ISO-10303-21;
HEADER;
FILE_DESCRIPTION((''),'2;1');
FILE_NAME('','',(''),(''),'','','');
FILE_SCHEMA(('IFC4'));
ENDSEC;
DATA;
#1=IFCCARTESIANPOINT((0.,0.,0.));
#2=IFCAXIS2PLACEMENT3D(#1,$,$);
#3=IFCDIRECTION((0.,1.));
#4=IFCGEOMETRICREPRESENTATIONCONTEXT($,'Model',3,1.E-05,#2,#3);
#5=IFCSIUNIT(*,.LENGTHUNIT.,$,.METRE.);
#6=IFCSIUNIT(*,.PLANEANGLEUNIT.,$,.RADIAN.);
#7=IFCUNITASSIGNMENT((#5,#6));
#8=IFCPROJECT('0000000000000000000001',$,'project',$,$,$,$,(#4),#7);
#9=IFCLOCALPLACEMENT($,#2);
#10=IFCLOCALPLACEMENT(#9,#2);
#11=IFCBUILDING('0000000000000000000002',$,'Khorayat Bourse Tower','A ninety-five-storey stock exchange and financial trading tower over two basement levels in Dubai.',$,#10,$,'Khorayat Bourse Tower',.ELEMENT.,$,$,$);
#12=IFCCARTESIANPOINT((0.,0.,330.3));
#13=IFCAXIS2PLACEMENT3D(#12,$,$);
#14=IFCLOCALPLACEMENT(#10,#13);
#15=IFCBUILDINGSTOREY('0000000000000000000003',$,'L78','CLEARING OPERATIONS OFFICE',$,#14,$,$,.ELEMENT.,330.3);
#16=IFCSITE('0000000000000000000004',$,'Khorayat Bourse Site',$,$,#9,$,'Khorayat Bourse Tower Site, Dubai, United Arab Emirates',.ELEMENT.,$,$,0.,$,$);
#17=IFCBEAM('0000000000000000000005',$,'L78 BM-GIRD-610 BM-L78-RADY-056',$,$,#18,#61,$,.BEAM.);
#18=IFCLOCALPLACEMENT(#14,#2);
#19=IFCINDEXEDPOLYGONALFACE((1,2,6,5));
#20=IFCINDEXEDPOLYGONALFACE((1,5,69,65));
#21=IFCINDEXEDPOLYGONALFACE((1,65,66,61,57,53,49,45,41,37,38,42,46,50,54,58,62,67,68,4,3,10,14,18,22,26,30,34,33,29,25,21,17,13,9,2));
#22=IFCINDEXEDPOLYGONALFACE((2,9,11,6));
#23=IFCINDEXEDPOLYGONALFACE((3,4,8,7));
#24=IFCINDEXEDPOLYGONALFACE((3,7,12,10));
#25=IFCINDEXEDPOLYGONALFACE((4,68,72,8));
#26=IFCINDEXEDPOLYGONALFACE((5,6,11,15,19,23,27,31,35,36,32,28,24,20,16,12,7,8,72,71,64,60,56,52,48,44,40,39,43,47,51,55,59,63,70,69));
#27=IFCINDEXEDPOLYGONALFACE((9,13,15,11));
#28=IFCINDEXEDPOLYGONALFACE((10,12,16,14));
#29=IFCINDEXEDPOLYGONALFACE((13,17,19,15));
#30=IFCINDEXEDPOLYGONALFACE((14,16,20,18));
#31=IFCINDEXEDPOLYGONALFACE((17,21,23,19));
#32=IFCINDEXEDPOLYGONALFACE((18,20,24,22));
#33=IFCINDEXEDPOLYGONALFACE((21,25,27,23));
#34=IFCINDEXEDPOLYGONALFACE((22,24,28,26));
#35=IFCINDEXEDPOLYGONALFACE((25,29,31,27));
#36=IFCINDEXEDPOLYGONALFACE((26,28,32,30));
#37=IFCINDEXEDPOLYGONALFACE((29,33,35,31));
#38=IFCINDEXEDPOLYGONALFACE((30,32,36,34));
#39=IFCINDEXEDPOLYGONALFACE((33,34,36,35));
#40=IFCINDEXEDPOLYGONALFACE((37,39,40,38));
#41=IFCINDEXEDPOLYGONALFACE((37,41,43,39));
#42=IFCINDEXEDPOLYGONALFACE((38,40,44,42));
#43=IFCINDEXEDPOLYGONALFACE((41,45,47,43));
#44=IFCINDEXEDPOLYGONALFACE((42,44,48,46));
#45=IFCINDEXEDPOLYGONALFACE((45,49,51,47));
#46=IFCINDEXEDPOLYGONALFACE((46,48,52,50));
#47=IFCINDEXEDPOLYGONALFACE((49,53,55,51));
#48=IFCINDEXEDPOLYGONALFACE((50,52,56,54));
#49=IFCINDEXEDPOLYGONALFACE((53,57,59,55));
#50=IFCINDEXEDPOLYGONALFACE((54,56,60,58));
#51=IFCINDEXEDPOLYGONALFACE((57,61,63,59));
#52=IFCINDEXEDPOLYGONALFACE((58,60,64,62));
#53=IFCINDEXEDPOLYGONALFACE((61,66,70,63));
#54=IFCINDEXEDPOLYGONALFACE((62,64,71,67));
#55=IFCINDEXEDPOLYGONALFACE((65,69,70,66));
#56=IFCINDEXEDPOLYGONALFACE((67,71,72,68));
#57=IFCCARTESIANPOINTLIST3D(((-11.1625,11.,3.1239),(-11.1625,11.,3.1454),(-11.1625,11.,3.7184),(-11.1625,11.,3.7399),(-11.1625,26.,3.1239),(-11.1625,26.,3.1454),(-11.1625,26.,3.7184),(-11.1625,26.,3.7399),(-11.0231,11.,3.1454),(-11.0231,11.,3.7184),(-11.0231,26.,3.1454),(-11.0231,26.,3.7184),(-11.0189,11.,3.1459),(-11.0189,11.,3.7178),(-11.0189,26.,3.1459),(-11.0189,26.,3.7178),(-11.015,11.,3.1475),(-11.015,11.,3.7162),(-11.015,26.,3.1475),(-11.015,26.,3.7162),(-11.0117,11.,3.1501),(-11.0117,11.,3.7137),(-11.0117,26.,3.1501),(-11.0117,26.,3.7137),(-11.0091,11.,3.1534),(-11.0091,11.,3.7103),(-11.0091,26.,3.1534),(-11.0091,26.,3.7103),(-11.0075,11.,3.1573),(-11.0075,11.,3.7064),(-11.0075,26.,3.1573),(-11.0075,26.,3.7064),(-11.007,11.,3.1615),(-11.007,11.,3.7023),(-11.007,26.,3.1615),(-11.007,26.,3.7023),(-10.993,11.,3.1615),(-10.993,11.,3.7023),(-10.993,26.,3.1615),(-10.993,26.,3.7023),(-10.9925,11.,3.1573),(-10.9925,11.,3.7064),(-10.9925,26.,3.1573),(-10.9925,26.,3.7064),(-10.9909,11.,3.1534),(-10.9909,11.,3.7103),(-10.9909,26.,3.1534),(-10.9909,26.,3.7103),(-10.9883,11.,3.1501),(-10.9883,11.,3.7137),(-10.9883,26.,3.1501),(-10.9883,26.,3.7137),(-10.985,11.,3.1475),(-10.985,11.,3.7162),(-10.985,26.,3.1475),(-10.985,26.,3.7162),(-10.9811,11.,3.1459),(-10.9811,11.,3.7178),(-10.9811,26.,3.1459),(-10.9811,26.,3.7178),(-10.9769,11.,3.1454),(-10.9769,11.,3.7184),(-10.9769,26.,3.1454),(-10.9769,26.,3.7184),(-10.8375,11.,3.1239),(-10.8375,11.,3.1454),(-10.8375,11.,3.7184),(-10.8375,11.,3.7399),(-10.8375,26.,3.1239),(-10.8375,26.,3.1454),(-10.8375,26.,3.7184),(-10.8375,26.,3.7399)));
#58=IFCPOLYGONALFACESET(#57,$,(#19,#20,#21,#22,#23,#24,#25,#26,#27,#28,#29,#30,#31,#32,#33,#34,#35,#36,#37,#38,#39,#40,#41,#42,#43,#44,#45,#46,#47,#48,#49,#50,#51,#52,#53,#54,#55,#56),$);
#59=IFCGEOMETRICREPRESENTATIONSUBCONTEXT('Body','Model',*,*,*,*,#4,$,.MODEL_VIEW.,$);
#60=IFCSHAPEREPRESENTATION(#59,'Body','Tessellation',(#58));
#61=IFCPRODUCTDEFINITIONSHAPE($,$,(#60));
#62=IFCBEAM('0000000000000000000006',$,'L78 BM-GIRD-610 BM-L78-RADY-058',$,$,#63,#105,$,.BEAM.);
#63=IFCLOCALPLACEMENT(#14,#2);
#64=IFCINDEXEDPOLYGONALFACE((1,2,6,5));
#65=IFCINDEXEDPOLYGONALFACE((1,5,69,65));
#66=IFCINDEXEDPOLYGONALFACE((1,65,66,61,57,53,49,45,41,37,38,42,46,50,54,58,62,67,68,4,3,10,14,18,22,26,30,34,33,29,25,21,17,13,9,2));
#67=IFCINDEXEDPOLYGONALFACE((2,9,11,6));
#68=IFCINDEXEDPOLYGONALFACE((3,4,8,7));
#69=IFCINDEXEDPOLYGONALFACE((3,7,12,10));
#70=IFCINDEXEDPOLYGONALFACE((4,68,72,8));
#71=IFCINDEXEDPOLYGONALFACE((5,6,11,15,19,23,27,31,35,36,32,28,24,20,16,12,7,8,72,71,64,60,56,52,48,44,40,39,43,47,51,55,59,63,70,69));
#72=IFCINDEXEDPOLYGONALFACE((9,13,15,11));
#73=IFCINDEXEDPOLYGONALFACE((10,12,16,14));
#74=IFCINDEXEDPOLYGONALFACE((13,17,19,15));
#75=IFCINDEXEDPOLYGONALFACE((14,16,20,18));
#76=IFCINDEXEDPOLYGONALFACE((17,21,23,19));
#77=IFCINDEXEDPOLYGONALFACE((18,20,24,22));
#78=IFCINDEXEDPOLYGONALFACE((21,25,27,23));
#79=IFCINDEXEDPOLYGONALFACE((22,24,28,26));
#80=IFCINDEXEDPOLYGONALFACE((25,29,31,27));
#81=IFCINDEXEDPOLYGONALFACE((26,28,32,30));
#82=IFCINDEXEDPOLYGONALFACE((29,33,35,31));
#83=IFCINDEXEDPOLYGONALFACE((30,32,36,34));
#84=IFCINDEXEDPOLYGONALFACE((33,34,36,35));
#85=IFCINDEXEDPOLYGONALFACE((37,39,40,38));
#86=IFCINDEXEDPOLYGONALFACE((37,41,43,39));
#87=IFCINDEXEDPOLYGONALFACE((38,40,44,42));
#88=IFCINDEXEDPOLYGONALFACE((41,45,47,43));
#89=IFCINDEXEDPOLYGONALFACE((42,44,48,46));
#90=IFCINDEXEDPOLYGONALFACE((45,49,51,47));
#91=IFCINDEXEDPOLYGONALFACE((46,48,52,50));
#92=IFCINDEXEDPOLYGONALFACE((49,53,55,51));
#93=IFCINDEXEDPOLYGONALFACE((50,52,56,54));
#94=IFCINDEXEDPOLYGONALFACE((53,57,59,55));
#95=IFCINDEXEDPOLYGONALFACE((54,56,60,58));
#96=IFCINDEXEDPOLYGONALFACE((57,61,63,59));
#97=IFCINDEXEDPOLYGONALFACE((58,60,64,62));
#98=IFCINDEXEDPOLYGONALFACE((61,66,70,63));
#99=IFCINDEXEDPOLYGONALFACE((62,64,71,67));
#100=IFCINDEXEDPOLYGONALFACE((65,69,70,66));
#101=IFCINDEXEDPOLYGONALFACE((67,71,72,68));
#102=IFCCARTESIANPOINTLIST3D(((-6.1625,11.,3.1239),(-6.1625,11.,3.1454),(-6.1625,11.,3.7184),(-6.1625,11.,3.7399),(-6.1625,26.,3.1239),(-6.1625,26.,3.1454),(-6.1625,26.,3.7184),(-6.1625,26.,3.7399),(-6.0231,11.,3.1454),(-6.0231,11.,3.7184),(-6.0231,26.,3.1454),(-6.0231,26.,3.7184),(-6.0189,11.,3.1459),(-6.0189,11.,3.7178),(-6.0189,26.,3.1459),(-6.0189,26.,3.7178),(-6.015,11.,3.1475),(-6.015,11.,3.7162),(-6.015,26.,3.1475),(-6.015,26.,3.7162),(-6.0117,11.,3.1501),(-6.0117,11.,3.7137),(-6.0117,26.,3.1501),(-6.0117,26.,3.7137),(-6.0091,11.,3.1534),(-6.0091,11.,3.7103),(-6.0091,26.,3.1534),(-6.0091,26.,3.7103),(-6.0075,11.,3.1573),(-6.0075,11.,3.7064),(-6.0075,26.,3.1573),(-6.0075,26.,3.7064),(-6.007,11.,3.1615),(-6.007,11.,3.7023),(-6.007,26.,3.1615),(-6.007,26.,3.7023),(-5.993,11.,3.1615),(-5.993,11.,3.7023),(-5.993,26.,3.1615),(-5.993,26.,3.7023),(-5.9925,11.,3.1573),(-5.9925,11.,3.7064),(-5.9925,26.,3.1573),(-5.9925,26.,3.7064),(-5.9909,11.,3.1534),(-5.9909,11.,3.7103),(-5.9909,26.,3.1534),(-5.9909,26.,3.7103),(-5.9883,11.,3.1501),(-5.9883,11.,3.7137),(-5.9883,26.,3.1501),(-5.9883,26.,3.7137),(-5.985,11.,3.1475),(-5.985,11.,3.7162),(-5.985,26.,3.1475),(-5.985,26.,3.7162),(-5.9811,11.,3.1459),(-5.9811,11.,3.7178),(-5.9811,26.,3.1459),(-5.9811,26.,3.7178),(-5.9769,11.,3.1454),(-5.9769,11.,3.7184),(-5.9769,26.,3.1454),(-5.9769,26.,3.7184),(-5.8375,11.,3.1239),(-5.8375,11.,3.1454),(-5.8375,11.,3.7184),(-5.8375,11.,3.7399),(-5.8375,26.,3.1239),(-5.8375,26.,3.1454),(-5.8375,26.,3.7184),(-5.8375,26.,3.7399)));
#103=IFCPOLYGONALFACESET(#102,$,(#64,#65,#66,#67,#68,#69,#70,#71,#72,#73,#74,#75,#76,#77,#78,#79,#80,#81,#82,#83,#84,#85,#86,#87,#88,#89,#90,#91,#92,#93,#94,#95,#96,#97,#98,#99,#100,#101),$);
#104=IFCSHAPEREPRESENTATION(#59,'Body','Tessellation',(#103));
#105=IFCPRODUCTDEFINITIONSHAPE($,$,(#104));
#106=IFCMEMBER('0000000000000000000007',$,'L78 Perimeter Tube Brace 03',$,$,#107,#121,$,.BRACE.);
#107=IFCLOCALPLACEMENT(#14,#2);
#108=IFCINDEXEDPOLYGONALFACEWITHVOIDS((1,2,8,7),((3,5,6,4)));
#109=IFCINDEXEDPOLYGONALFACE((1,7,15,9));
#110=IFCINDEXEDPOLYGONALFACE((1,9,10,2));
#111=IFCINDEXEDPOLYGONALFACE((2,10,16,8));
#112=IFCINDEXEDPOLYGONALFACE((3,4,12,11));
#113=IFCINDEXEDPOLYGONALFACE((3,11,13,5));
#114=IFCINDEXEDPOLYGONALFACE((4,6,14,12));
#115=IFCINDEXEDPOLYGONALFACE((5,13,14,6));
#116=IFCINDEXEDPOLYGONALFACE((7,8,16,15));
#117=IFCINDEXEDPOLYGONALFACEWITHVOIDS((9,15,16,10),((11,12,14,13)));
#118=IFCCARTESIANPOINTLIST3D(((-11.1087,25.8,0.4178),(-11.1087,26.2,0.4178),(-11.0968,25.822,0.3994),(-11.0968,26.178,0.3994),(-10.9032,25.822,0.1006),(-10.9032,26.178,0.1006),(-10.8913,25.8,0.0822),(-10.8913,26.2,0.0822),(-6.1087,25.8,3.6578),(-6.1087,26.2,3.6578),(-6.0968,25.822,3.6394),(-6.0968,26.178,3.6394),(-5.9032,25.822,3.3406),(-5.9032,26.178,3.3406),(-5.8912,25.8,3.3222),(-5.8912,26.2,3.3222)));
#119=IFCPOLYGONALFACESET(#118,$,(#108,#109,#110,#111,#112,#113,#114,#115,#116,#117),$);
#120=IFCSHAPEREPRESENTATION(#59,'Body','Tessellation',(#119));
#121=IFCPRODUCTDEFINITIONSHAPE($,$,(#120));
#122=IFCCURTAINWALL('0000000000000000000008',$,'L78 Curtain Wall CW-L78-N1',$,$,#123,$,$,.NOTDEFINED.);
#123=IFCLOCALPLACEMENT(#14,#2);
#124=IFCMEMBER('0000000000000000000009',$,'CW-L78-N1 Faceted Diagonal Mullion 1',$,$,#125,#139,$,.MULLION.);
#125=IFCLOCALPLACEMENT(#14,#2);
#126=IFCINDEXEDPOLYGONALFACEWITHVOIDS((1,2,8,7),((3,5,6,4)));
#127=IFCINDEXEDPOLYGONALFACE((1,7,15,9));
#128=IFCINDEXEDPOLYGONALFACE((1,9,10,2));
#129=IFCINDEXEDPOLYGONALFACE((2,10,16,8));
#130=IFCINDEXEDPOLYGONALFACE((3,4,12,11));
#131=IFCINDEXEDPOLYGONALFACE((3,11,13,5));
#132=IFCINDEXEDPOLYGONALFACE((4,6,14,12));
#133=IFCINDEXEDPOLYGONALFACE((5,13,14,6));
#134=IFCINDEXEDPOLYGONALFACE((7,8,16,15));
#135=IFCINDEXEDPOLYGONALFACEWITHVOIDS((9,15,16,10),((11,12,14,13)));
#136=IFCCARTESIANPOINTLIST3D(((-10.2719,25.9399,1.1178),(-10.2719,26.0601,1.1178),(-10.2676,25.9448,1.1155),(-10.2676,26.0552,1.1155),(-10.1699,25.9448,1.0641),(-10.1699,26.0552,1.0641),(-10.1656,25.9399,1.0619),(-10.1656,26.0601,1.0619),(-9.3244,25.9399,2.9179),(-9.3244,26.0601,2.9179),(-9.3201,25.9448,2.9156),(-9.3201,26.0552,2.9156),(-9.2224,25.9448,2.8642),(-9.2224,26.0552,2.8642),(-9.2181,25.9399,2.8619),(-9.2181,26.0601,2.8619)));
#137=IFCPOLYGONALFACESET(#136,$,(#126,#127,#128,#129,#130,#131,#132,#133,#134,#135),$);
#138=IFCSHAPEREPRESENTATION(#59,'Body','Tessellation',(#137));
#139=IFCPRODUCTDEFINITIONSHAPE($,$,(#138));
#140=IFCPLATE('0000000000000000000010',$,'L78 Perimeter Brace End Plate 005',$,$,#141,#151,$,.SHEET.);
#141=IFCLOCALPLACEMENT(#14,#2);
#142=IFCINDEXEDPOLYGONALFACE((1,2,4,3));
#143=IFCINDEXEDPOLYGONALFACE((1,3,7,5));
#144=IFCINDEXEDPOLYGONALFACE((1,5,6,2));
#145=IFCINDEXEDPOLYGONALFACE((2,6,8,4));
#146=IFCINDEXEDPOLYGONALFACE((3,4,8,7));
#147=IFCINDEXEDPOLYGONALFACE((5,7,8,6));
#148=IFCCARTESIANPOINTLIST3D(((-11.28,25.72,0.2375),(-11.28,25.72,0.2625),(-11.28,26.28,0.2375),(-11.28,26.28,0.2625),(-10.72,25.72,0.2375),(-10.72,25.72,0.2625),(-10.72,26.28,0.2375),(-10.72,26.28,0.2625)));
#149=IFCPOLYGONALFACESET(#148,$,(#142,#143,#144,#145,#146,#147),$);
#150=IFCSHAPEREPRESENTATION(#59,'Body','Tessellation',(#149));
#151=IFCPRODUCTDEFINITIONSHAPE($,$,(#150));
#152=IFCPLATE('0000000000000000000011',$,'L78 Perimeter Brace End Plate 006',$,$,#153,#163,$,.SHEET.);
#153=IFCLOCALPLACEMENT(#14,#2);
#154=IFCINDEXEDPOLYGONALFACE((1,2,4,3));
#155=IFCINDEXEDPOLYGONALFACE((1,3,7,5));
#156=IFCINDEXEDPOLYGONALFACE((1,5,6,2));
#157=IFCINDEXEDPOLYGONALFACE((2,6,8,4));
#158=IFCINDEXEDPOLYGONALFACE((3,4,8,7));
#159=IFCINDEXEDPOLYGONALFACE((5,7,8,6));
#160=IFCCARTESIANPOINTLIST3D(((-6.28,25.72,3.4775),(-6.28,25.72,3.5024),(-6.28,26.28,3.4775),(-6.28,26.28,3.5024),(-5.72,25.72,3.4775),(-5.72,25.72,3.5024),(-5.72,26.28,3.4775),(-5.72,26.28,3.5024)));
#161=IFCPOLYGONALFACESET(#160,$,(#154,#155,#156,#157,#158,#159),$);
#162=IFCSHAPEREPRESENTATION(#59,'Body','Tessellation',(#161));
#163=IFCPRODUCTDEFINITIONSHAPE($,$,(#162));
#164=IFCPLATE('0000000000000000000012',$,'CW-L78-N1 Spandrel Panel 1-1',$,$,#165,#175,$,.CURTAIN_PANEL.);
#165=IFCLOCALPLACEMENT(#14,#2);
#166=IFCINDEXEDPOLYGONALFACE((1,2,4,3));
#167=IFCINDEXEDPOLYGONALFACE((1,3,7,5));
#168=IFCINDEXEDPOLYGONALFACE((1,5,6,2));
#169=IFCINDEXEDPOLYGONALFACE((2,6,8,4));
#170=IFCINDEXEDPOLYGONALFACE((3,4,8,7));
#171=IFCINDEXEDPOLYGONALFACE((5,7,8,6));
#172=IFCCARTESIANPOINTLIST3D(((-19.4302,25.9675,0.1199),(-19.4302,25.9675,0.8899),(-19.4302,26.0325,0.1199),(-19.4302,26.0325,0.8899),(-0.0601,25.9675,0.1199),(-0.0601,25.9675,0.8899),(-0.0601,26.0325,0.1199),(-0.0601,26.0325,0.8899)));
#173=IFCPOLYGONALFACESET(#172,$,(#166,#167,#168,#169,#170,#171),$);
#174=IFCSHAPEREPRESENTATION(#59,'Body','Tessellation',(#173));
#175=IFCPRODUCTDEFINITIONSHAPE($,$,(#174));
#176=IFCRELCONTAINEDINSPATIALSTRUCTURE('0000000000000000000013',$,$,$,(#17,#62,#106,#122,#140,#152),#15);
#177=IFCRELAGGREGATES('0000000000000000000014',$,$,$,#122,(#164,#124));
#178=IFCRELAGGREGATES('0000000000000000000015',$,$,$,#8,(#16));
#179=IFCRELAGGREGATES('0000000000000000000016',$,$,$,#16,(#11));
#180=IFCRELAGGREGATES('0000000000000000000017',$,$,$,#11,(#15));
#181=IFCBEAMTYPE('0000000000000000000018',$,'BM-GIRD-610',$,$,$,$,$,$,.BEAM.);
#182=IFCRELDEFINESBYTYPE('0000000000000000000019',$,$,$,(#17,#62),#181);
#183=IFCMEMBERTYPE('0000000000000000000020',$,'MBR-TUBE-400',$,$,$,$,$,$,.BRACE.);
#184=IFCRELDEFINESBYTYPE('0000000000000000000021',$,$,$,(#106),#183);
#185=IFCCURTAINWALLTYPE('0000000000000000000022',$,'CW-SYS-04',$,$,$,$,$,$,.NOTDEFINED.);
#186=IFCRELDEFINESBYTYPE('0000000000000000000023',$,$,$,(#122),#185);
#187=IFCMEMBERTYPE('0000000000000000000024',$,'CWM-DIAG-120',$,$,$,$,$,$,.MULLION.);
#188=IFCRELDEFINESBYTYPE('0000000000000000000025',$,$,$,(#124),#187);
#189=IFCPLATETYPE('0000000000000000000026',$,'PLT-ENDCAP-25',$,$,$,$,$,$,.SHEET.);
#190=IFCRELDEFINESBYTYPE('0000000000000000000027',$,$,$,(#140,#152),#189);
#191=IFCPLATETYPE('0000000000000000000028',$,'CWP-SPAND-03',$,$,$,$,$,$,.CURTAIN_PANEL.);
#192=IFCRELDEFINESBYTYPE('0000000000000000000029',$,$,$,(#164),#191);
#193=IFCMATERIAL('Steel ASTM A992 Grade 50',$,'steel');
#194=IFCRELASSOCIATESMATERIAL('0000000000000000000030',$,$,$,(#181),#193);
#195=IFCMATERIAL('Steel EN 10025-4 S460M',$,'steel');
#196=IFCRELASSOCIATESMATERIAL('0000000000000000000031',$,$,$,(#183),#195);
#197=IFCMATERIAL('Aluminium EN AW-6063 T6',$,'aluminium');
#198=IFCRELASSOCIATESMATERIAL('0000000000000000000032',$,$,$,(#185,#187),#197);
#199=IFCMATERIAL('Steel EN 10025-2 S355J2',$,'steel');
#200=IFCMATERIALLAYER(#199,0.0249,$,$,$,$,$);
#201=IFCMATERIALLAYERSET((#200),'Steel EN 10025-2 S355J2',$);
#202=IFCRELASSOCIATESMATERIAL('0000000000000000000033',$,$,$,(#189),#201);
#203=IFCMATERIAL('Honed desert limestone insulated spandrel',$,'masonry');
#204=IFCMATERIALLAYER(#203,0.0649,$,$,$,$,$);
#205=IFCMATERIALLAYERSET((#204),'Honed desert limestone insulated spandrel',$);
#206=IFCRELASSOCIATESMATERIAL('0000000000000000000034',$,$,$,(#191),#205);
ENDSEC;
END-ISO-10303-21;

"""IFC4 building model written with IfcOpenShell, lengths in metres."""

from ifc_helpers import new_model, si_unit, direction, frame, origin, origin_2d, place, context, subcontext, project, spatial, rectangle, hollow_rectangle, i_section, extrude, source, transform, mapped, material, layer, layer_set, material_profile, profile_set, type_object, element, aggregate, save


model = new_model("IFC4")

# Units and contexts
model_context = context("Model", 3, precision=1e-05, world=origin(), true_north=direction((0.0, 1.0)))
body_context = subcontext(model_context, "Body", "Model", "MODEL_VIEW")
ifc_project = project(units=[si_unit("LENGTHUNIT", "METRE"), si_unit("PLANEANGLEUNIT", "RADIAN")], contexts=[model_context])

# Site, building, storey
site_placement = place(None, origin())
site = spatial("IfcSite", under=ifc_project, at=site_placement, Name="Khorayat Bourse Site", LongName="Khorayat Bourse Tower Site, Dubai, United Arab Emirates", CompositionType="ELEMENT", RefElevation=0.0)
building_placement = place(site_placement, origin())
building = spatial("IfcBuilding", under=site, at=building_placement, Name="Khorayat Bourse Tower", Description="A ninety-five-storey stock exchange and financial trading tower over two basement levels in Dubai.", LongName="Khorayat Bourse Tower", CompositionType="ELEMENT")
storey_placement = place(building_placement, frame((0.0, 0.0, 330.3)))
storey = spatial("IfcBuildingStorey", under=building, at=storey_placement, Name="L78", Description="CLEARING OPERATIONS OFFICE", CompositionType="ELEMENT", Elevation=330.3)

# Shared definitions
ifc_material_1 = material(Name="Steel EN 10025-2 S355J2", Category="steel")

# Beams
ifc_material_2 = material(Name="Steel ASTM A992 Grade 50", Category="steel")
ifc_material_profile_1 = material_profile(ifc_material_2, i_section(OverallWidth=0.325, OverallDepth=0.616, WebThickness=0.0139, FlangeThickness=0.0215, FilletRadius=0.0161, at=origin_2d()), Name="W610X174")
ifc_profile_set_1 = profile_set([ifc_material_profile_1], Name="Steel ASTM A992 Grade 50")
beam_type_1 = type_object("IfcBeamType", Name="BM-GIRD-610", PredefinedType="BEAM", material=ifc_profile_set_1)
shared_shape_1 = source(origin(), body_context, "Body", "SweptSolid", [
    extrude(i_section(OverallWidth=0.325, OverallDepth=0.616, WebThickness=0.0139, FlangeThickness=0.0215, FilletRadius=0.0161, at=origin_2d()), origin(), (0.0, 0.0, 1.0), 15.0),
])
for number, where, z_axis, x_axis, name in (
    (1, (-11.0, 11.0, 3.4319), (0.0, 1.0, 0.0), (-1.0, 0.0, 0.0), "L78 BM-GIRD-610 BM-L78-RADY-056"),
    (2, (-6.0, 11.0, 3.4319), (0.0, 1.0, 0.0), (-1.0, 0.0, 0.0), "L78 BM-GIRD-610 BM-L78-RADY-058"),
):
    element("IfcBeam", number, at=place(storey_placement, frame(where, z_axis=z_axis, x_axis=x_axis)), inside=storey, type_object=beam_type_1, Name=name, PredefinedType="BEAM", context=body_context, shape_type="MappedRepresentation", body=[
        mapped(shared_shape_1, transform((0.0, 0.0, 0.0), scale=1.0)),
    ])

# Member
ifc_material_3 = material(Name="Steel EN 10025-4 S460M", Category="steel")
ifc_material_profile_2 = material_profile(ifc_material_3, hollow_rectangle(XDim=0.3999, YDim=0.3999, WallThickness=0.022, at=origin_2d()), Name="HSS 400x400x22")
ifc_profile_set_2 = profile_set([ifc_material_profile_2], Name="Steel EN 10025-4 S460M")
member_type_1 = type_object("IfcMemberType", Name="MBR-TUBE-400", PredefinedType="BRACE", material=ifc_profile_set_2)
shared_shape_2 = source(origin(), body_context, "Body", "SweptSolid", [
    extrude(hollow_rectangle(XDim=0.3999, YDim=0.3999, WallThickness=0.022, at=origin_2d()), origin(), (0.0, 0.0, 1.0), 5.958),
])
member_1_placement = place(storey_placement, frame((-11.0, 26.0, 0.25), z_axis=(0.83921, 0.0, 0.543807), x_axis=(0.0, 1.0, 0.0)))
element("IfcMember", 3, at=member_1_placement, inside=storey, type_object=member_type_1, Name="L78 Perimeter Tube Brace 03", PredefinedType="BRACE", context=body_context, shape_type="MappedRepresentation", body=[
    mapped(shared_shape_2, transform((0.0, 0.0, 0.0), scale=1.0)),
])

# Curtain wall, member
ifc_material_4 = material(Name="Aluminium EN AW-6063 T6", Category="aluminium")
curtain_wall_type = type_object("IfcCurtainWallType", Name="CW-SYS-04", PredefinedType="NOTDEFINED", material=ifc_material_4)
curtain_wall_placement = place(storey_placement, origin())
curtain_wall = element("IfcCurtainWall", 4, at=curtain_wall_placement, inside=storey, type_object=curtain_wall_type, Name="L78 Curtain Wall CW-L78-N1", PredefinedType="NOTDEFINED")
ifc_material_profile_3 = material_profile(ifc_material_4, hollow_rectangle(XDim=0.1201, YDim=0.1201, WallThickness=0.0049, at=origin_2d()), Name="ALU 120x120x5")
ifc_profile_set_3 = profile_set([ifc_material_profile_3], Name="Aluminium EN AW-6063 T6")
member_type_2 = type_object("IfcMemberType", Name="CWM-DIAG-120", PredefinedType="MULLION", material=ifc_profile_set_3)
shared_shape_3 = source(origin(), body_context, "Body", "SweptSolid", [
    extrude(hollow_rectangle(XDim=0.1201, YDim=0.1201, WallThickness=0.0049, at=origin_2d()), origin(), (0.0, 0.0, 1.0), 2.0342),
])
member_2_placement = place(storey_placement, frame((-10.2188, 26.0, 1.0898), z_axis=(0.465791, 0.0, 0.884895), x_axis=(0.0, 1.0, 0.0)))
member_2 = element("IfcMember", 5, at=member_2_placement, type_object=member_type_2, Name="CW-L78-N1 Faceted Diagonal Mullion 1", PredefinedType="MULLION", context=body_context, shape_type="MappedRepresentation", body=[
    mapped(shared_shape_3, transform((0.0, 0.0, 0.0), scale=1.0)),
])

# Plates
ifc_layer_1 = layer(ifc_material_1, 0.0249)
ifc_layer_set_1 = layer_set([ifc_layer_1], Name="Steel EN 10025-2 S355J2")
plate_type_1 = type_object("IfcPlateType", Name="PLT-ENDCAP-25", PredefinedType="SHEET", material=ifc_layer_set_1)
shared_shape_4 = source(origin(), body_context, "Body", "SweptSolid", [
    extrude(rectangle(XDim=0.5601, YDim=0.5601, at=origin_2d()), origin(), (0.0, 0.0, 1.0), 0.0249),
])
for number, where, z_axis, x_axis, name in (
    (6, (-11.0, 26.0, 0.2375), (0.0, 0.0, 1.0), (1.0, 0.0, 0.0), "L78 Perimeter Brace End Plate 005"),
    (7, (-6.0, 26.0, 3.4775), (0.0, 0.0, 1.0), (1.0, 0.0, 0.0), "L78 Perimeter Brace End Plate 006"),
):
    element("IfcPlate", number, at=place(storey_placement, frame(where, z_axis=z_axis, x_axis=x_axis)), inside=storey, type_object=plate_type_1, Name=name, PredefinedType="SHEET", context=body_context, shape_type="MappedRepresentation", body=[
        mapped(shared_shape_4, transform((0.0, 0.0, 0.0), scale=1.0)),
    ])

# Plate
ifc_material_5 = material(Name="Honed desert limestone insulated spandrel", Category="masonry")
ifc_layer_2 = layer(ifc_material_5, 0.0649)
ifc_layer_set_2 = layer_set([ifc_layer_2], Name="Honed desert limestone insulated spandrel")
plate_type_2 = type_object("IfcPlateType", Name="CWP-SPAND-03", PredefinedType="CURTAIN_PANEL", material=ifc_layer_set_2)
shared_shape_5 = source(origin(), body_context, "Body", "SweptSolid", [
    extrude(rectangle(XDim=19.3701, YDim=0.0649, at=origin_2d()), origin(), (0.0, 0.0, 1.0), 0.77),
])
plate_1_placement = place(storey_placement, frame((-9.7451, 26.0, 0.1199), z_axis=(0.0, 0.0, 1.0), x_axis=(1.0, 0.0, 0.0)))
plate_1 = element("IfcPlate", 8, at=plate_1_placement, type_object=plate_type_2, Name="CW-L78-N1 Spandrel Panel 1-1", PredefinedType="CURTAIN_PANEL", context=body_context, shape_type="MappedRepresentation", body=[
    mapped(shared_shape_5, transform((0.0, 0.0, 0.0), scale=1.0)),
])
aggregate(curtain_wall, [plate_1, member_2])

save(model, "model.ifc")
